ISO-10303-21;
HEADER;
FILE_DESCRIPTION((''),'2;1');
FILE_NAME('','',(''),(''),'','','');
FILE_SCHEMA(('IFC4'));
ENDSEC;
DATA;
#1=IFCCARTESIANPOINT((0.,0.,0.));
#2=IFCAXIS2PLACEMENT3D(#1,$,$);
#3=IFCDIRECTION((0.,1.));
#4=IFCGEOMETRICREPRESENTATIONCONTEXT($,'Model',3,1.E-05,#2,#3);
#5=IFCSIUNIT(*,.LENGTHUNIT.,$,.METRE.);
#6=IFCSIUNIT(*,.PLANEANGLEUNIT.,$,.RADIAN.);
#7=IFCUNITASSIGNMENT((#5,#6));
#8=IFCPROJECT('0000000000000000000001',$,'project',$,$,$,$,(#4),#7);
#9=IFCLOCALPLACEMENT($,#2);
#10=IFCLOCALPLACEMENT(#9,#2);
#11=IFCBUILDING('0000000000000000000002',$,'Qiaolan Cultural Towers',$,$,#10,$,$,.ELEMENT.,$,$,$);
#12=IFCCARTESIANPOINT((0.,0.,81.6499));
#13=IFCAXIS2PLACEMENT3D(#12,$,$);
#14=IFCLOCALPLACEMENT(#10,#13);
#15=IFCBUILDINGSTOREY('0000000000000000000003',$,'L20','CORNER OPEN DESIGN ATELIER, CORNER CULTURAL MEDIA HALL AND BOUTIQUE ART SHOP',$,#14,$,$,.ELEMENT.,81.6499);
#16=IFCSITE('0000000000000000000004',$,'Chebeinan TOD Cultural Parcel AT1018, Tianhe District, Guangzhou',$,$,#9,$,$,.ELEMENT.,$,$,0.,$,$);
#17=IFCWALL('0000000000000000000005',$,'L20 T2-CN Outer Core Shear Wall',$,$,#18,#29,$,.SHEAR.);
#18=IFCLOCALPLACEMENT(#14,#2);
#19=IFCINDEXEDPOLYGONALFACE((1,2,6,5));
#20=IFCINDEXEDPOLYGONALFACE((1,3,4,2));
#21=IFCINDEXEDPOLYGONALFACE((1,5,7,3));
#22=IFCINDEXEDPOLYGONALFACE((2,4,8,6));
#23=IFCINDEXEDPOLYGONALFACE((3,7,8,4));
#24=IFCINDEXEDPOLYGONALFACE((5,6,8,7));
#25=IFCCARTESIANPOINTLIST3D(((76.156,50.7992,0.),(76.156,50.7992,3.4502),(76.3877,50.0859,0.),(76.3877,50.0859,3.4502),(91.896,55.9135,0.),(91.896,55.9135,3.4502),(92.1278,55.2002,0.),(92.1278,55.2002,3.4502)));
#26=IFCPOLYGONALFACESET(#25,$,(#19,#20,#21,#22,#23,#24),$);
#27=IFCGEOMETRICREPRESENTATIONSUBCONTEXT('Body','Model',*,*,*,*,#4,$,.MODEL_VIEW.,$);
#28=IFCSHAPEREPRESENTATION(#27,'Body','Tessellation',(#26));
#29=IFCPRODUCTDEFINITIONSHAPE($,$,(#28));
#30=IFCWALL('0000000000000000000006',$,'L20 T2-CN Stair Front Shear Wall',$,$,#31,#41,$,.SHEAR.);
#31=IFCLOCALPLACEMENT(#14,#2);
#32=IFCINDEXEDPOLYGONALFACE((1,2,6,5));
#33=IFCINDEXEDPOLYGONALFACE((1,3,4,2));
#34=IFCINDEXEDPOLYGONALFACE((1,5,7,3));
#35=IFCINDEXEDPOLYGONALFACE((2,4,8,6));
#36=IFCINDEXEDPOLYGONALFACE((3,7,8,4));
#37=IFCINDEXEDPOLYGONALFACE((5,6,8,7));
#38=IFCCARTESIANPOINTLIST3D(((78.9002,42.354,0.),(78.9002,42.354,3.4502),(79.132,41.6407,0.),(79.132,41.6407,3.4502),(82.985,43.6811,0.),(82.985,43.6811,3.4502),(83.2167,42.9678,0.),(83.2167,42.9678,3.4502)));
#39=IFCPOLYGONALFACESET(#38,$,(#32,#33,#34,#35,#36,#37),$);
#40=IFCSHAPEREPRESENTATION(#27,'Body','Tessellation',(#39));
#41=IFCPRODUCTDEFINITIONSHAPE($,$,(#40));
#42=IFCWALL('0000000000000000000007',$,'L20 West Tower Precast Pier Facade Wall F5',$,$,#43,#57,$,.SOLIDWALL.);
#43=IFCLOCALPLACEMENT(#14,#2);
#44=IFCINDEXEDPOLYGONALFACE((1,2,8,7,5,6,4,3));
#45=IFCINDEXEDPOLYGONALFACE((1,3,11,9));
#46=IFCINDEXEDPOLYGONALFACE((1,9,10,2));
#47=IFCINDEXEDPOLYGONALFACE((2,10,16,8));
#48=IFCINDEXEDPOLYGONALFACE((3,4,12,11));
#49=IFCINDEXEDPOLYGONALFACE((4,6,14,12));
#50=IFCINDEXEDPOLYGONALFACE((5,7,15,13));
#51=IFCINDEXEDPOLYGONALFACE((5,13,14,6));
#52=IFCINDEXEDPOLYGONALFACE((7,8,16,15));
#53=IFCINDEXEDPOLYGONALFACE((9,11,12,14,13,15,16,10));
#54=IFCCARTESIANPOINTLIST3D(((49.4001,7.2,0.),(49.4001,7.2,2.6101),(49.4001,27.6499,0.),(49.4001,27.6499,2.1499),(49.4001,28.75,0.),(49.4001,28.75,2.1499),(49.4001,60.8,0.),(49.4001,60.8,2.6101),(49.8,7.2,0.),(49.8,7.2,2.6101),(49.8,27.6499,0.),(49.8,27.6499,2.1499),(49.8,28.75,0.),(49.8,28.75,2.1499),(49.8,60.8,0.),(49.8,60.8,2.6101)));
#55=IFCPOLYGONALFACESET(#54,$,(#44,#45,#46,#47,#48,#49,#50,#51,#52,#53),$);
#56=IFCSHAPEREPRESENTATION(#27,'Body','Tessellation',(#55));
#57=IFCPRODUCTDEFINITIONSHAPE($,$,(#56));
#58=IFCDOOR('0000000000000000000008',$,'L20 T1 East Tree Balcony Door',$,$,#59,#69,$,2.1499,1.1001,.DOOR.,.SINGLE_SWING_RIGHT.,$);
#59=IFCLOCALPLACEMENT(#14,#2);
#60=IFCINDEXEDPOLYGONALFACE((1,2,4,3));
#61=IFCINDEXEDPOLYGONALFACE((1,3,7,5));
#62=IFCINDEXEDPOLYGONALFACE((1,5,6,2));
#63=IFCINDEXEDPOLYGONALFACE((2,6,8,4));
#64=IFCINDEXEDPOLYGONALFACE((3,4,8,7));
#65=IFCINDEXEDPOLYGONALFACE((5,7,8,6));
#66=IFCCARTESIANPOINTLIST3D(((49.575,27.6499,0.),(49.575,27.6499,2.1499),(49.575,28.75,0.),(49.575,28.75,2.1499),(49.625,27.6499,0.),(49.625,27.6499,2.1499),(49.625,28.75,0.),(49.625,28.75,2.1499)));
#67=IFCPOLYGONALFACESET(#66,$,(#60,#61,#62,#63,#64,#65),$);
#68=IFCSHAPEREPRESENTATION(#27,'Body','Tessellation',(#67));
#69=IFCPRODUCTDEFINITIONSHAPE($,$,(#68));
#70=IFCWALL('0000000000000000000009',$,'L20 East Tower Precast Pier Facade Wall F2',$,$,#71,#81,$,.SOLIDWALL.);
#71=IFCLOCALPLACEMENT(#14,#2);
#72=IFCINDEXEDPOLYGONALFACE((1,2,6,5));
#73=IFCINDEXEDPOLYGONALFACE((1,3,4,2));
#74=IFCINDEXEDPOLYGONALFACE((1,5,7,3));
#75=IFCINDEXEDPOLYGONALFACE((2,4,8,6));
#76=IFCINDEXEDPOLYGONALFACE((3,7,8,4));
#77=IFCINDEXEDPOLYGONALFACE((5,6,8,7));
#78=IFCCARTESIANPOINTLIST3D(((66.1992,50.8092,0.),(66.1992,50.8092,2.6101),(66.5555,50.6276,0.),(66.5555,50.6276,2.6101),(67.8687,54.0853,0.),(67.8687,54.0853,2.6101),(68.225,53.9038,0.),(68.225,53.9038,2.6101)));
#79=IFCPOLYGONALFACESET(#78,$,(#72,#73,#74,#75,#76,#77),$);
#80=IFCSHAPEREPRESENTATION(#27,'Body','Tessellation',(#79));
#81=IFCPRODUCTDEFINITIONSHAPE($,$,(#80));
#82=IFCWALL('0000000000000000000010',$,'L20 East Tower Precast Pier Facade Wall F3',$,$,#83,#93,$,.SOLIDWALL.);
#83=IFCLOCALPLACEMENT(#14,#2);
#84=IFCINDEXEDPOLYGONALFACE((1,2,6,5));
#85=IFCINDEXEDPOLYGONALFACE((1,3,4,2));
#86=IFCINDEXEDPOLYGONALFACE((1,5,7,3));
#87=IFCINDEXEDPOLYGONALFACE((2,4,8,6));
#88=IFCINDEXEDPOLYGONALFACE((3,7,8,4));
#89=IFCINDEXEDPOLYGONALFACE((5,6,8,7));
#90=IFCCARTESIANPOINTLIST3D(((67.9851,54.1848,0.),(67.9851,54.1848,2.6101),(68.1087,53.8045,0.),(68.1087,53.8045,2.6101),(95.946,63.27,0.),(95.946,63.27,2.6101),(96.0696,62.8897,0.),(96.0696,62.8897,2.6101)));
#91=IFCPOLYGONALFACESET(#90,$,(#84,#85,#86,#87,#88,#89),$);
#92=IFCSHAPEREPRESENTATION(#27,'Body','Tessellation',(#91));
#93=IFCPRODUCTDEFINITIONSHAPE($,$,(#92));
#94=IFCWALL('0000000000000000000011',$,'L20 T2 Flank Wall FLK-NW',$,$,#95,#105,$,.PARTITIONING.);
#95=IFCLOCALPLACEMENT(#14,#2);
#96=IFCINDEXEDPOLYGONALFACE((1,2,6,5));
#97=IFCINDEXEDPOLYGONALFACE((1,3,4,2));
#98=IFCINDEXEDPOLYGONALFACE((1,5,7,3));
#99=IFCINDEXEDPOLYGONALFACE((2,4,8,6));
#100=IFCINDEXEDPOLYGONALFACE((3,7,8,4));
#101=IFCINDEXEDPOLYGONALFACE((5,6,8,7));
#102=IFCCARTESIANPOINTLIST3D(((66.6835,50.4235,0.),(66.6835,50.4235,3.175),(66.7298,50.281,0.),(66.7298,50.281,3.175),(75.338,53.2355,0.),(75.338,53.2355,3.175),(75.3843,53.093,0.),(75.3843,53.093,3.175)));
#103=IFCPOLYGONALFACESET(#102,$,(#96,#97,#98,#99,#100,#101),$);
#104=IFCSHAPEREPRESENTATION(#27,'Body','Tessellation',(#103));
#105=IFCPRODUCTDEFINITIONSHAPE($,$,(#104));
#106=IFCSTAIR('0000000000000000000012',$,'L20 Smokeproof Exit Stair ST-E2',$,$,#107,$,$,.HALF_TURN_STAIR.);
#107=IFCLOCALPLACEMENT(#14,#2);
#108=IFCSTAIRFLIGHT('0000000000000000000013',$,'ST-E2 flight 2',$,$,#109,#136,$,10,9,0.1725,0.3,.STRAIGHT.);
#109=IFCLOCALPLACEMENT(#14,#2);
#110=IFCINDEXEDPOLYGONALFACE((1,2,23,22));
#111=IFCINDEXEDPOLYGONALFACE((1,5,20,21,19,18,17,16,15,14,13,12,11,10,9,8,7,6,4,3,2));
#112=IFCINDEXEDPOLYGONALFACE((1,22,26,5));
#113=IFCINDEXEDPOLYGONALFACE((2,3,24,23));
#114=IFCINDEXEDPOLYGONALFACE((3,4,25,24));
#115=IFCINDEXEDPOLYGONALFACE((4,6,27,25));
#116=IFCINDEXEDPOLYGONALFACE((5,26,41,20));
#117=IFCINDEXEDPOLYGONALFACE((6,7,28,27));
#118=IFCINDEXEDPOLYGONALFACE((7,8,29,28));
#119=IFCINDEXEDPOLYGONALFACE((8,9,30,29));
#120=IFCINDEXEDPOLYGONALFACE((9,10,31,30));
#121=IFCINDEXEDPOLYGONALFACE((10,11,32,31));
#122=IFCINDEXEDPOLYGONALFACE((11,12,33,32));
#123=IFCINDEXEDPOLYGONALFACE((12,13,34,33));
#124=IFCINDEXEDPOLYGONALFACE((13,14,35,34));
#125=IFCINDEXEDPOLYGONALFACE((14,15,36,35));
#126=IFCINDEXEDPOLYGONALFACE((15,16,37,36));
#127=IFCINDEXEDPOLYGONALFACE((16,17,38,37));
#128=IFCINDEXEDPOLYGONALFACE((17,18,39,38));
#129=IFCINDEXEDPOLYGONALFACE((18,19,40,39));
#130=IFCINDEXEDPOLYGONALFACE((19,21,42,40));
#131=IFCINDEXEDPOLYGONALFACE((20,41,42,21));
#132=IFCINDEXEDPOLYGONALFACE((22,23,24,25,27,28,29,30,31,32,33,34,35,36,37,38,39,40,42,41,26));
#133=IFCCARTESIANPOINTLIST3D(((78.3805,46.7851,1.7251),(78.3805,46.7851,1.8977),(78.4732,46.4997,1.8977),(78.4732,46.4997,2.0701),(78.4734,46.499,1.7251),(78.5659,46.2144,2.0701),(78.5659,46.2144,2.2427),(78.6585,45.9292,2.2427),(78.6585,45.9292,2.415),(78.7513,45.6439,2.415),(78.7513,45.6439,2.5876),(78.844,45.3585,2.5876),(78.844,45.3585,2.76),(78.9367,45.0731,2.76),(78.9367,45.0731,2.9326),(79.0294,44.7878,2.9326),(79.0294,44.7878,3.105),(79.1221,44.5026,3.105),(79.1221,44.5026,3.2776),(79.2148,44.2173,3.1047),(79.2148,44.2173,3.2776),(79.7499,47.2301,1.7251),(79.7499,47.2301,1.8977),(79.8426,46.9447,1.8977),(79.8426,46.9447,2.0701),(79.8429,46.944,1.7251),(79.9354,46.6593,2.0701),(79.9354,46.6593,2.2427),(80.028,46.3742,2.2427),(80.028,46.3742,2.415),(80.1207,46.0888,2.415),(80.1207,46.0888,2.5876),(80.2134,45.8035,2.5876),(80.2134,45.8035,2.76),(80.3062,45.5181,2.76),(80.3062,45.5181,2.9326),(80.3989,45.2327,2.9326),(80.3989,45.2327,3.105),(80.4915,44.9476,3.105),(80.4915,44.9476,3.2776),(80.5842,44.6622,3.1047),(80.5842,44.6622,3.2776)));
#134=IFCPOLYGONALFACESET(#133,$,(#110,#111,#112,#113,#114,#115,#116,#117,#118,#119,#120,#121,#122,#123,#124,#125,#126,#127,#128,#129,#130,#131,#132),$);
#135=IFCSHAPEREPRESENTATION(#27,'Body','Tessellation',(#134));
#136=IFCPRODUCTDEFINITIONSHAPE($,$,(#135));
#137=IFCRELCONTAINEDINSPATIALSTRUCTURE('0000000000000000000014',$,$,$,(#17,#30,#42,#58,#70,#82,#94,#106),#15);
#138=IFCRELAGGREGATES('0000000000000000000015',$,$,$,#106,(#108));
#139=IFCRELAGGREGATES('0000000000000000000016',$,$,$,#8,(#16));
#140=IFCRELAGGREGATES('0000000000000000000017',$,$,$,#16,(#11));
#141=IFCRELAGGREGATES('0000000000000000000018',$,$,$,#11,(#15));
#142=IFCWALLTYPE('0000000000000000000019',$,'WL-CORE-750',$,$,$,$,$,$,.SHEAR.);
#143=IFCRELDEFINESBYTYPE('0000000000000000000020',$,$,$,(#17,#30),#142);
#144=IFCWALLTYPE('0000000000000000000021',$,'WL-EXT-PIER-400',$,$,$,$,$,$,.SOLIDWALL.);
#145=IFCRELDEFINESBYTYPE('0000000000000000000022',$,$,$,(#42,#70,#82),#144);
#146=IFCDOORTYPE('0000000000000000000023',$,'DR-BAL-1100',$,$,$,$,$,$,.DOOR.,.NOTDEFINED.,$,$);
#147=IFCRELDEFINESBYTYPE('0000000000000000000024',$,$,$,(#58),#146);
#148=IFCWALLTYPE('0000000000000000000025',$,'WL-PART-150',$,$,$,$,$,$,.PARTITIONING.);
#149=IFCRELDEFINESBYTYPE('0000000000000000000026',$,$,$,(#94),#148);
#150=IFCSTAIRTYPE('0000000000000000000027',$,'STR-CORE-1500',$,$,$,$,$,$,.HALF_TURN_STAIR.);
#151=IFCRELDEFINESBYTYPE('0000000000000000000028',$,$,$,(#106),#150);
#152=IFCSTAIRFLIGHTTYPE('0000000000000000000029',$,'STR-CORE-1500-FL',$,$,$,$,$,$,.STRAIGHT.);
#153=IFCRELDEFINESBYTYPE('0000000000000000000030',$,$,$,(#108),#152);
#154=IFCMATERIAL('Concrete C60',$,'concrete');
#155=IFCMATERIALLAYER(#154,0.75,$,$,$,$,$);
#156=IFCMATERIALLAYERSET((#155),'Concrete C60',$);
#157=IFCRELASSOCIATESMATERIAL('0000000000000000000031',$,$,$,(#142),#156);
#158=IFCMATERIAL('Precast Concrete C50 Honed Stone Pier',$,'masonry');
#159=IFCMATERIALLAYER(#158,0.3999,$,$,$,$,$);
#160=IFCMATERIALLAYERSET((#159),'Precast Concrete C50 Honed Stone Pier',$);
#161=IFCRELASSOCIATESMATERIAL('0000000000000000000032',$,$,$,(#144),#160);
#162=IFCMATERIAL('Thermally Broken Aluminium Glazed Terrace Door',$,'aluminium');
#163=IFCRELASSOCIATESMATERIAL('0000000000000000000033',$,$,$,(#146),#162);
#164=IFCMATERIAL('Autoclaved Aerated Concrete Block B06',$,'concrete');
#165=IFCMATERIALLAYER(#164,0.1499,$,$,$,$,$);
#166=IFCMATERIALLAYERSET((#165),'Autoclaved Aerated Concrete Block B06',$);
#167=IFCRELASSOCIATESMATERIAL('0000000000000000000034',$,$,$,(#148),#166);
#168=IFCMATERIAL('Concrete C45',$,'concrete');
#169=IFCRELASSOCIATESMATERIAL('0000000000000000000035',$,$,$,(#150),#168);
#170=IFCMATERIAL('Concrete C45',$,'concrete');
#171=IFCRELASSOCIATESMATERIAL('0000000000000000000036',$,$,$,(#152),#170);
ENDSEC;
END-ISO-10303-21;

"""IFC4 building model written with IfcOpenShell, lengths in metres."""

from ifc_helpers import new_model, si_unit, direction, frame, frame_2d, origin, place, context, subcontext, project, spatial, polyline, rectangle, outline, extrude, material, layer, layer_set, type_object, element, fill, aggregate, save


model = new_model("IFC4")

# Units and contexts
model_context = context("Model", 3, precision=1e-05, world=origin(), true_north=direction((0.0, 1.0)))
body_context = subcontext(model_context, "Body", "Model", "MODEL_VIEW")
ifc_project = project(units=[si_unit("LENGTHUNIT", "METRE"), si_unit("PLANEANGLEUNIT", "RADIAN")], contexts=[model_context])

# Site, building, storey
site_placement = place(None, origin())
site = spatial("IfcSite", under=ifc_project, at=site_placement, Name="Chebeinan TOD Cultural Parcel AT1018, Tianhe District, Guangzhou", CompositionType="ELEMENT", RefElevation=0.0)
building_placement = place(site_placement, origin())
building = spatial("IfcBuilding", under=site, at=building_placement, Name="Qiaolan Cultural Towers", CompositionType="ELEMENT")
storey_placement = place(building_placement, frame((0.0, 0.0, 81.6499)))
storey = spatial("IfcBuildingStorey", under=building, at=storey_placement, Name="L20", Description="CORNER OPEN DESIGN ATELIER, CORNER CULTURAL MEDIA HALL AND BOUTIQUE ART SHOP", CompositionType="ELEMENT", Elevation=81.6499)

# Walls
ifc_material_1 = material(Name="Concrete C60", Category="concrete")
ifc_layer_1 = layer(ifc_material_1, 0.75)
ifc_layer_set_1 = layer_set([ifc_layer_1], Name="Concrete C60")
wall_type_1 = type_object("IfcWallType", Name="WL-CORE-750", PredefinedType="SHEAR", material=ifc_layer_set_1)
wall_1_placement = place(storey_placement, frame((76.272, 50.4426, 0.0), z_axis=(0.0, 0.0, 1.0), x_axis=(0.951056, 0.309018, 0.0)))
element("IfcWall", 1, at=wall_1_placement, inside=storey, type_object=wall_type_1, Name="L20 T2-CN Outer Core Shear Wall", PredefinedType="SHEAR", context=body_context, shape_type="SweptSolid", body=[
    extrude(rectangle(XDim=16.55, YDim=0.75, at=frame_2d((8.2749, 0.0))), origin(), (0.0, 0.0, 1.0), 3.4502),
])
wall_2_placement = place(storey_placement, frame((79.0161, 41.9973, 0.0), z_axis=(0.0, 0.0, 1.0), x_axis=(0.95106, 0.309005, 0.0)))
element("IfcWall", 2, at=wall_2_placement, inside=storey, type_object=wall_type_1, Name="L20 T2-CN Stair Front Shear Wall", PredefinedType="SHEAR", context=body_context, shape_type="SweptSolid", body=[
    extrude(rectangle(XDim=4.2949, YDim=0.75, at=frame_2d((2.1475, 0.0))), origin(), (0.0, 0.0, 1.0), 3.4502),
])

# Wall, opening, door
ifc_material_2 = material(Name="Precast Concrete C50 Honed Stone Pier", Category="masonry")
ifc_layer_2 = layer(ifc_material_2, 0.3999)
ifc_layer_set_2 = layer_set([ifc_layer_2], Name="Precast Concrete C50 Honed Stone Pier")
wall_type_2 = type_object("IfcWallType", Name="WL-EXT-PIER-400", PredefinedType="SOLIDWALL", material=ifc_layer_set_2)
wall_3_placement = place(storey_placement, frame((49.6001, 60.8, 0.0), z_axis=(0.0, 0.0, 1.0), x_axis=(0.0, -1.0, 0.0)))
wall_3 = element("IfcWall", 3, at=wall_3_placement, inside=storey, type_object=wall_type_2, Name="L20 West Tower Precast Pier Facade Wall F5", PredefinedType="SOLIDWALL", context=body_context, shape_type="SweptSolid", body=[
    extrude(rectangle(XDim=53.6001, YDim=0.3999, at=frame_2d((26.8, 0.0))), origin(), (0.0, 0.0, 1.0), 2.6101),
])
opening_placement = place(wall_3_placement, frame((32.05, 0.0, 0.0)))
opening = element("IfcOpeningElement", 4, at=opening_placement, cuts=wall_3, PredefinedType="OPENING", context=body_context, shape_type="SweptSolid", body=[
    extrude(rectangle(XDim=1.1001, YDim=2.1499, at=frame_2d((0.55, 1.075))), frame((0.0, 0.21, 0.0), z_axis=(0.0, -1.0, 0.0), x_axis=(1.0, 0.0, 0.0)), (0.0, 0.0, 1.0), 0.4199),
])
ifc_material_3 = material(Name="Thermally Broken Aluminium Glazed Terrace Door", Category="aluminium")
door_type = type_object("IfcDoorType", Name="DR-BAL-1100", OperationType="NOTDEFINED", PredefinedType="DOOR", material=ifc_material_3)
door_placement = place(opening_placement, origin())
door = element("IfcDoor", 5, at=door_placement, inside=storey, type_object=door_type, Name="L20 T1 East Tree Balcony Door", OperationType="SINGLE_SWING_RIGHT", OverallHeight=2.1499, OverallWidth=1.1001, PredefinedType="DOOR", context=body_context, shape_type="SweptSolid", body=[
    extrude(rectangle(XDim=1.1001, YDim=2.1499, at=frame_2d((0.55, 1.075))), frame((0.0, 0.0249, 0.0), z_axis=(0.0, -1.0, 0.0), x_axis=(1.0, 0.0, 0.0)), (0.0, 0.0, 1.0), 0.05),
])
fill(opening, door)

# Walls
wall_4_placement = place(storey_placement, frame((66.3774, 50.7185, 0.0), z_axis=(0.0, 0.0, 1.0), x_axis=(0.454026, 0.890988, 0.0)))
element("IfcWall", 6, at=wall_4_placement, inside=storey, type_object=wall_type_2, Name="L20 East Tower Precast Pier Facade Wall F2", PredefinedType="SOLIDWALL", context=body_context, shape_type="SweptSolid", body=[
    extrude(rectangle(XDim=3.677, YDim=0.3999, at=frame_2d((1.8384, 0.0))), origin(), (0.0, 0.0, 1.0), 2.6101),
])
wall_5_placement = place(storey_placement, frame((68.0469, 53.9946, 0.0), z_axis=(0.0, 0.0, 1.0), x_axis=(0.951055, 0.309021, 0.0)))
element("IfcWall", 7, at=wall_5_placement, inside=storey, type_object=wall_type_2, Name="L20 East Tower Precast Pier Facade Wall F3", PredefinedType="SOLIDWALL", context=body_context, shape_type="SweptSolid", body=[
    extrude(rectangle(XDim=29.3999, YDim=0.3999, at=frame_2d((14.7, 0.0))), origin(), (0.0, 0.0, 1.0), 2.6101),
])
ifc_material_4 = material(Name="Autoclaved Aerated Concrete Block B06", Category="concrete")
ifc_layer_3 = layer(ifc_material_4, 0.1499)
ifc_layer_set_3 = layer_set([ifc_layer_3], Name="Autoclaved Aerated Concrete Block B06")
wall_type_3 = type_object("IfcWallType", Name="WL-PART-150", PredefinedType="PARTITIONING", material=ifc_layer_set_3)
wall_6_placement = place(storey_placement, frame((66.7068, 50.3523, 0.0), z_axis=(0.0, 0.0, 1.0), x_axis=(0.951057, 0.309015, 0.0)))
element("IfcWall", 8, at=wall_6_placement, inside=storey, type_object=wall_type_3, Name="L20 T2 Flank Wall FLK-NW", PredefinedType="PARTITIONING", context=body_context, shape_type="SweptSolid", body=[
    extrude(rectangle(XDim=9.0999, YDim=0.1499, at=frame_2d((4.5498, 0.0))), origin(), (0.0, 0.0, 1.0), 3.175),
])

# Stair, stair flight
ifc_material_5 = material(Name="Concrete C45", Category="concrete")
stair_type = type_object("IfcStairType", Name="STR-CORE-1500", PredefinedType="HALF_TURN_STAIR", material=ifc_material_5)
stair_placement = place(storey_placement, origin())
stair = element("IfcStair", 9, at=stair_placement, inside=storey, type_object=stair_type, Name="L20 Smokeproof Exit Stair ST-E2", PredefinedType="HALF_TURN_STAIR")
ifc_material_6 = material(Name="Concrete C45", Category="concrete")
stair_flight_type = type_object("IfcStairFlightType", Name="STR-CORE-1500-FL", PredefinedType="STRAIGHT", material=ifc_material_6)
stair_flight_placement = place(storey_placement, frame((79.0652, 47.0076, 1.7251), z_axis=(0.0, 0.0, 1.0), x_axis=(0.309017, -0.951057, 0.0)))
stair_flight = element("IfcStairFlight", 10, at=stair_flight_placement, type_object=stair_flight_type, Name="ST-E2 flight 2", NumberOfRisers=10, NumberOfTreads=9, PredefinedType="STRAIGHT", RiserHeight=0.1725, TreadLength=0.3, context=body_context, shape_type="SweptSolid", body=[
    extrude(outline(polyline([(0.0, 0.0), (0.0, 0.1726), (0.3, 0.1726), (0.3, 0.345), (0.6001, 0.345), (0.6001, 0.5176), (0.8999, 0.5176), (0.8999, 0.6899), (1.2, 0.6899), (1.2, 0.8625), (1.5, 0.8625), (1.5, 1.0349), (1.8, 1.0349), (1.8, 1.2075), (2.1001, 1.2075), (2.1001, 1.3799), (2.3999, 1.3799), (2.3999, 1.5525), (2.7, 1.5525), (2.7, 1.7251), (2.7, 1.3796), (0.3008, 0.0), (0.0, 0.0)])), frame((0.0, 0.72, 0.0), z_axis=(0.0, -1.0, 0.0), x_axis=(1.0, 0.0, 0.0)), (0.0, 0.0, 1.0), 1.4399),
])
aggregate(stair, [stair_flight])

save(model, "model.ifc")
